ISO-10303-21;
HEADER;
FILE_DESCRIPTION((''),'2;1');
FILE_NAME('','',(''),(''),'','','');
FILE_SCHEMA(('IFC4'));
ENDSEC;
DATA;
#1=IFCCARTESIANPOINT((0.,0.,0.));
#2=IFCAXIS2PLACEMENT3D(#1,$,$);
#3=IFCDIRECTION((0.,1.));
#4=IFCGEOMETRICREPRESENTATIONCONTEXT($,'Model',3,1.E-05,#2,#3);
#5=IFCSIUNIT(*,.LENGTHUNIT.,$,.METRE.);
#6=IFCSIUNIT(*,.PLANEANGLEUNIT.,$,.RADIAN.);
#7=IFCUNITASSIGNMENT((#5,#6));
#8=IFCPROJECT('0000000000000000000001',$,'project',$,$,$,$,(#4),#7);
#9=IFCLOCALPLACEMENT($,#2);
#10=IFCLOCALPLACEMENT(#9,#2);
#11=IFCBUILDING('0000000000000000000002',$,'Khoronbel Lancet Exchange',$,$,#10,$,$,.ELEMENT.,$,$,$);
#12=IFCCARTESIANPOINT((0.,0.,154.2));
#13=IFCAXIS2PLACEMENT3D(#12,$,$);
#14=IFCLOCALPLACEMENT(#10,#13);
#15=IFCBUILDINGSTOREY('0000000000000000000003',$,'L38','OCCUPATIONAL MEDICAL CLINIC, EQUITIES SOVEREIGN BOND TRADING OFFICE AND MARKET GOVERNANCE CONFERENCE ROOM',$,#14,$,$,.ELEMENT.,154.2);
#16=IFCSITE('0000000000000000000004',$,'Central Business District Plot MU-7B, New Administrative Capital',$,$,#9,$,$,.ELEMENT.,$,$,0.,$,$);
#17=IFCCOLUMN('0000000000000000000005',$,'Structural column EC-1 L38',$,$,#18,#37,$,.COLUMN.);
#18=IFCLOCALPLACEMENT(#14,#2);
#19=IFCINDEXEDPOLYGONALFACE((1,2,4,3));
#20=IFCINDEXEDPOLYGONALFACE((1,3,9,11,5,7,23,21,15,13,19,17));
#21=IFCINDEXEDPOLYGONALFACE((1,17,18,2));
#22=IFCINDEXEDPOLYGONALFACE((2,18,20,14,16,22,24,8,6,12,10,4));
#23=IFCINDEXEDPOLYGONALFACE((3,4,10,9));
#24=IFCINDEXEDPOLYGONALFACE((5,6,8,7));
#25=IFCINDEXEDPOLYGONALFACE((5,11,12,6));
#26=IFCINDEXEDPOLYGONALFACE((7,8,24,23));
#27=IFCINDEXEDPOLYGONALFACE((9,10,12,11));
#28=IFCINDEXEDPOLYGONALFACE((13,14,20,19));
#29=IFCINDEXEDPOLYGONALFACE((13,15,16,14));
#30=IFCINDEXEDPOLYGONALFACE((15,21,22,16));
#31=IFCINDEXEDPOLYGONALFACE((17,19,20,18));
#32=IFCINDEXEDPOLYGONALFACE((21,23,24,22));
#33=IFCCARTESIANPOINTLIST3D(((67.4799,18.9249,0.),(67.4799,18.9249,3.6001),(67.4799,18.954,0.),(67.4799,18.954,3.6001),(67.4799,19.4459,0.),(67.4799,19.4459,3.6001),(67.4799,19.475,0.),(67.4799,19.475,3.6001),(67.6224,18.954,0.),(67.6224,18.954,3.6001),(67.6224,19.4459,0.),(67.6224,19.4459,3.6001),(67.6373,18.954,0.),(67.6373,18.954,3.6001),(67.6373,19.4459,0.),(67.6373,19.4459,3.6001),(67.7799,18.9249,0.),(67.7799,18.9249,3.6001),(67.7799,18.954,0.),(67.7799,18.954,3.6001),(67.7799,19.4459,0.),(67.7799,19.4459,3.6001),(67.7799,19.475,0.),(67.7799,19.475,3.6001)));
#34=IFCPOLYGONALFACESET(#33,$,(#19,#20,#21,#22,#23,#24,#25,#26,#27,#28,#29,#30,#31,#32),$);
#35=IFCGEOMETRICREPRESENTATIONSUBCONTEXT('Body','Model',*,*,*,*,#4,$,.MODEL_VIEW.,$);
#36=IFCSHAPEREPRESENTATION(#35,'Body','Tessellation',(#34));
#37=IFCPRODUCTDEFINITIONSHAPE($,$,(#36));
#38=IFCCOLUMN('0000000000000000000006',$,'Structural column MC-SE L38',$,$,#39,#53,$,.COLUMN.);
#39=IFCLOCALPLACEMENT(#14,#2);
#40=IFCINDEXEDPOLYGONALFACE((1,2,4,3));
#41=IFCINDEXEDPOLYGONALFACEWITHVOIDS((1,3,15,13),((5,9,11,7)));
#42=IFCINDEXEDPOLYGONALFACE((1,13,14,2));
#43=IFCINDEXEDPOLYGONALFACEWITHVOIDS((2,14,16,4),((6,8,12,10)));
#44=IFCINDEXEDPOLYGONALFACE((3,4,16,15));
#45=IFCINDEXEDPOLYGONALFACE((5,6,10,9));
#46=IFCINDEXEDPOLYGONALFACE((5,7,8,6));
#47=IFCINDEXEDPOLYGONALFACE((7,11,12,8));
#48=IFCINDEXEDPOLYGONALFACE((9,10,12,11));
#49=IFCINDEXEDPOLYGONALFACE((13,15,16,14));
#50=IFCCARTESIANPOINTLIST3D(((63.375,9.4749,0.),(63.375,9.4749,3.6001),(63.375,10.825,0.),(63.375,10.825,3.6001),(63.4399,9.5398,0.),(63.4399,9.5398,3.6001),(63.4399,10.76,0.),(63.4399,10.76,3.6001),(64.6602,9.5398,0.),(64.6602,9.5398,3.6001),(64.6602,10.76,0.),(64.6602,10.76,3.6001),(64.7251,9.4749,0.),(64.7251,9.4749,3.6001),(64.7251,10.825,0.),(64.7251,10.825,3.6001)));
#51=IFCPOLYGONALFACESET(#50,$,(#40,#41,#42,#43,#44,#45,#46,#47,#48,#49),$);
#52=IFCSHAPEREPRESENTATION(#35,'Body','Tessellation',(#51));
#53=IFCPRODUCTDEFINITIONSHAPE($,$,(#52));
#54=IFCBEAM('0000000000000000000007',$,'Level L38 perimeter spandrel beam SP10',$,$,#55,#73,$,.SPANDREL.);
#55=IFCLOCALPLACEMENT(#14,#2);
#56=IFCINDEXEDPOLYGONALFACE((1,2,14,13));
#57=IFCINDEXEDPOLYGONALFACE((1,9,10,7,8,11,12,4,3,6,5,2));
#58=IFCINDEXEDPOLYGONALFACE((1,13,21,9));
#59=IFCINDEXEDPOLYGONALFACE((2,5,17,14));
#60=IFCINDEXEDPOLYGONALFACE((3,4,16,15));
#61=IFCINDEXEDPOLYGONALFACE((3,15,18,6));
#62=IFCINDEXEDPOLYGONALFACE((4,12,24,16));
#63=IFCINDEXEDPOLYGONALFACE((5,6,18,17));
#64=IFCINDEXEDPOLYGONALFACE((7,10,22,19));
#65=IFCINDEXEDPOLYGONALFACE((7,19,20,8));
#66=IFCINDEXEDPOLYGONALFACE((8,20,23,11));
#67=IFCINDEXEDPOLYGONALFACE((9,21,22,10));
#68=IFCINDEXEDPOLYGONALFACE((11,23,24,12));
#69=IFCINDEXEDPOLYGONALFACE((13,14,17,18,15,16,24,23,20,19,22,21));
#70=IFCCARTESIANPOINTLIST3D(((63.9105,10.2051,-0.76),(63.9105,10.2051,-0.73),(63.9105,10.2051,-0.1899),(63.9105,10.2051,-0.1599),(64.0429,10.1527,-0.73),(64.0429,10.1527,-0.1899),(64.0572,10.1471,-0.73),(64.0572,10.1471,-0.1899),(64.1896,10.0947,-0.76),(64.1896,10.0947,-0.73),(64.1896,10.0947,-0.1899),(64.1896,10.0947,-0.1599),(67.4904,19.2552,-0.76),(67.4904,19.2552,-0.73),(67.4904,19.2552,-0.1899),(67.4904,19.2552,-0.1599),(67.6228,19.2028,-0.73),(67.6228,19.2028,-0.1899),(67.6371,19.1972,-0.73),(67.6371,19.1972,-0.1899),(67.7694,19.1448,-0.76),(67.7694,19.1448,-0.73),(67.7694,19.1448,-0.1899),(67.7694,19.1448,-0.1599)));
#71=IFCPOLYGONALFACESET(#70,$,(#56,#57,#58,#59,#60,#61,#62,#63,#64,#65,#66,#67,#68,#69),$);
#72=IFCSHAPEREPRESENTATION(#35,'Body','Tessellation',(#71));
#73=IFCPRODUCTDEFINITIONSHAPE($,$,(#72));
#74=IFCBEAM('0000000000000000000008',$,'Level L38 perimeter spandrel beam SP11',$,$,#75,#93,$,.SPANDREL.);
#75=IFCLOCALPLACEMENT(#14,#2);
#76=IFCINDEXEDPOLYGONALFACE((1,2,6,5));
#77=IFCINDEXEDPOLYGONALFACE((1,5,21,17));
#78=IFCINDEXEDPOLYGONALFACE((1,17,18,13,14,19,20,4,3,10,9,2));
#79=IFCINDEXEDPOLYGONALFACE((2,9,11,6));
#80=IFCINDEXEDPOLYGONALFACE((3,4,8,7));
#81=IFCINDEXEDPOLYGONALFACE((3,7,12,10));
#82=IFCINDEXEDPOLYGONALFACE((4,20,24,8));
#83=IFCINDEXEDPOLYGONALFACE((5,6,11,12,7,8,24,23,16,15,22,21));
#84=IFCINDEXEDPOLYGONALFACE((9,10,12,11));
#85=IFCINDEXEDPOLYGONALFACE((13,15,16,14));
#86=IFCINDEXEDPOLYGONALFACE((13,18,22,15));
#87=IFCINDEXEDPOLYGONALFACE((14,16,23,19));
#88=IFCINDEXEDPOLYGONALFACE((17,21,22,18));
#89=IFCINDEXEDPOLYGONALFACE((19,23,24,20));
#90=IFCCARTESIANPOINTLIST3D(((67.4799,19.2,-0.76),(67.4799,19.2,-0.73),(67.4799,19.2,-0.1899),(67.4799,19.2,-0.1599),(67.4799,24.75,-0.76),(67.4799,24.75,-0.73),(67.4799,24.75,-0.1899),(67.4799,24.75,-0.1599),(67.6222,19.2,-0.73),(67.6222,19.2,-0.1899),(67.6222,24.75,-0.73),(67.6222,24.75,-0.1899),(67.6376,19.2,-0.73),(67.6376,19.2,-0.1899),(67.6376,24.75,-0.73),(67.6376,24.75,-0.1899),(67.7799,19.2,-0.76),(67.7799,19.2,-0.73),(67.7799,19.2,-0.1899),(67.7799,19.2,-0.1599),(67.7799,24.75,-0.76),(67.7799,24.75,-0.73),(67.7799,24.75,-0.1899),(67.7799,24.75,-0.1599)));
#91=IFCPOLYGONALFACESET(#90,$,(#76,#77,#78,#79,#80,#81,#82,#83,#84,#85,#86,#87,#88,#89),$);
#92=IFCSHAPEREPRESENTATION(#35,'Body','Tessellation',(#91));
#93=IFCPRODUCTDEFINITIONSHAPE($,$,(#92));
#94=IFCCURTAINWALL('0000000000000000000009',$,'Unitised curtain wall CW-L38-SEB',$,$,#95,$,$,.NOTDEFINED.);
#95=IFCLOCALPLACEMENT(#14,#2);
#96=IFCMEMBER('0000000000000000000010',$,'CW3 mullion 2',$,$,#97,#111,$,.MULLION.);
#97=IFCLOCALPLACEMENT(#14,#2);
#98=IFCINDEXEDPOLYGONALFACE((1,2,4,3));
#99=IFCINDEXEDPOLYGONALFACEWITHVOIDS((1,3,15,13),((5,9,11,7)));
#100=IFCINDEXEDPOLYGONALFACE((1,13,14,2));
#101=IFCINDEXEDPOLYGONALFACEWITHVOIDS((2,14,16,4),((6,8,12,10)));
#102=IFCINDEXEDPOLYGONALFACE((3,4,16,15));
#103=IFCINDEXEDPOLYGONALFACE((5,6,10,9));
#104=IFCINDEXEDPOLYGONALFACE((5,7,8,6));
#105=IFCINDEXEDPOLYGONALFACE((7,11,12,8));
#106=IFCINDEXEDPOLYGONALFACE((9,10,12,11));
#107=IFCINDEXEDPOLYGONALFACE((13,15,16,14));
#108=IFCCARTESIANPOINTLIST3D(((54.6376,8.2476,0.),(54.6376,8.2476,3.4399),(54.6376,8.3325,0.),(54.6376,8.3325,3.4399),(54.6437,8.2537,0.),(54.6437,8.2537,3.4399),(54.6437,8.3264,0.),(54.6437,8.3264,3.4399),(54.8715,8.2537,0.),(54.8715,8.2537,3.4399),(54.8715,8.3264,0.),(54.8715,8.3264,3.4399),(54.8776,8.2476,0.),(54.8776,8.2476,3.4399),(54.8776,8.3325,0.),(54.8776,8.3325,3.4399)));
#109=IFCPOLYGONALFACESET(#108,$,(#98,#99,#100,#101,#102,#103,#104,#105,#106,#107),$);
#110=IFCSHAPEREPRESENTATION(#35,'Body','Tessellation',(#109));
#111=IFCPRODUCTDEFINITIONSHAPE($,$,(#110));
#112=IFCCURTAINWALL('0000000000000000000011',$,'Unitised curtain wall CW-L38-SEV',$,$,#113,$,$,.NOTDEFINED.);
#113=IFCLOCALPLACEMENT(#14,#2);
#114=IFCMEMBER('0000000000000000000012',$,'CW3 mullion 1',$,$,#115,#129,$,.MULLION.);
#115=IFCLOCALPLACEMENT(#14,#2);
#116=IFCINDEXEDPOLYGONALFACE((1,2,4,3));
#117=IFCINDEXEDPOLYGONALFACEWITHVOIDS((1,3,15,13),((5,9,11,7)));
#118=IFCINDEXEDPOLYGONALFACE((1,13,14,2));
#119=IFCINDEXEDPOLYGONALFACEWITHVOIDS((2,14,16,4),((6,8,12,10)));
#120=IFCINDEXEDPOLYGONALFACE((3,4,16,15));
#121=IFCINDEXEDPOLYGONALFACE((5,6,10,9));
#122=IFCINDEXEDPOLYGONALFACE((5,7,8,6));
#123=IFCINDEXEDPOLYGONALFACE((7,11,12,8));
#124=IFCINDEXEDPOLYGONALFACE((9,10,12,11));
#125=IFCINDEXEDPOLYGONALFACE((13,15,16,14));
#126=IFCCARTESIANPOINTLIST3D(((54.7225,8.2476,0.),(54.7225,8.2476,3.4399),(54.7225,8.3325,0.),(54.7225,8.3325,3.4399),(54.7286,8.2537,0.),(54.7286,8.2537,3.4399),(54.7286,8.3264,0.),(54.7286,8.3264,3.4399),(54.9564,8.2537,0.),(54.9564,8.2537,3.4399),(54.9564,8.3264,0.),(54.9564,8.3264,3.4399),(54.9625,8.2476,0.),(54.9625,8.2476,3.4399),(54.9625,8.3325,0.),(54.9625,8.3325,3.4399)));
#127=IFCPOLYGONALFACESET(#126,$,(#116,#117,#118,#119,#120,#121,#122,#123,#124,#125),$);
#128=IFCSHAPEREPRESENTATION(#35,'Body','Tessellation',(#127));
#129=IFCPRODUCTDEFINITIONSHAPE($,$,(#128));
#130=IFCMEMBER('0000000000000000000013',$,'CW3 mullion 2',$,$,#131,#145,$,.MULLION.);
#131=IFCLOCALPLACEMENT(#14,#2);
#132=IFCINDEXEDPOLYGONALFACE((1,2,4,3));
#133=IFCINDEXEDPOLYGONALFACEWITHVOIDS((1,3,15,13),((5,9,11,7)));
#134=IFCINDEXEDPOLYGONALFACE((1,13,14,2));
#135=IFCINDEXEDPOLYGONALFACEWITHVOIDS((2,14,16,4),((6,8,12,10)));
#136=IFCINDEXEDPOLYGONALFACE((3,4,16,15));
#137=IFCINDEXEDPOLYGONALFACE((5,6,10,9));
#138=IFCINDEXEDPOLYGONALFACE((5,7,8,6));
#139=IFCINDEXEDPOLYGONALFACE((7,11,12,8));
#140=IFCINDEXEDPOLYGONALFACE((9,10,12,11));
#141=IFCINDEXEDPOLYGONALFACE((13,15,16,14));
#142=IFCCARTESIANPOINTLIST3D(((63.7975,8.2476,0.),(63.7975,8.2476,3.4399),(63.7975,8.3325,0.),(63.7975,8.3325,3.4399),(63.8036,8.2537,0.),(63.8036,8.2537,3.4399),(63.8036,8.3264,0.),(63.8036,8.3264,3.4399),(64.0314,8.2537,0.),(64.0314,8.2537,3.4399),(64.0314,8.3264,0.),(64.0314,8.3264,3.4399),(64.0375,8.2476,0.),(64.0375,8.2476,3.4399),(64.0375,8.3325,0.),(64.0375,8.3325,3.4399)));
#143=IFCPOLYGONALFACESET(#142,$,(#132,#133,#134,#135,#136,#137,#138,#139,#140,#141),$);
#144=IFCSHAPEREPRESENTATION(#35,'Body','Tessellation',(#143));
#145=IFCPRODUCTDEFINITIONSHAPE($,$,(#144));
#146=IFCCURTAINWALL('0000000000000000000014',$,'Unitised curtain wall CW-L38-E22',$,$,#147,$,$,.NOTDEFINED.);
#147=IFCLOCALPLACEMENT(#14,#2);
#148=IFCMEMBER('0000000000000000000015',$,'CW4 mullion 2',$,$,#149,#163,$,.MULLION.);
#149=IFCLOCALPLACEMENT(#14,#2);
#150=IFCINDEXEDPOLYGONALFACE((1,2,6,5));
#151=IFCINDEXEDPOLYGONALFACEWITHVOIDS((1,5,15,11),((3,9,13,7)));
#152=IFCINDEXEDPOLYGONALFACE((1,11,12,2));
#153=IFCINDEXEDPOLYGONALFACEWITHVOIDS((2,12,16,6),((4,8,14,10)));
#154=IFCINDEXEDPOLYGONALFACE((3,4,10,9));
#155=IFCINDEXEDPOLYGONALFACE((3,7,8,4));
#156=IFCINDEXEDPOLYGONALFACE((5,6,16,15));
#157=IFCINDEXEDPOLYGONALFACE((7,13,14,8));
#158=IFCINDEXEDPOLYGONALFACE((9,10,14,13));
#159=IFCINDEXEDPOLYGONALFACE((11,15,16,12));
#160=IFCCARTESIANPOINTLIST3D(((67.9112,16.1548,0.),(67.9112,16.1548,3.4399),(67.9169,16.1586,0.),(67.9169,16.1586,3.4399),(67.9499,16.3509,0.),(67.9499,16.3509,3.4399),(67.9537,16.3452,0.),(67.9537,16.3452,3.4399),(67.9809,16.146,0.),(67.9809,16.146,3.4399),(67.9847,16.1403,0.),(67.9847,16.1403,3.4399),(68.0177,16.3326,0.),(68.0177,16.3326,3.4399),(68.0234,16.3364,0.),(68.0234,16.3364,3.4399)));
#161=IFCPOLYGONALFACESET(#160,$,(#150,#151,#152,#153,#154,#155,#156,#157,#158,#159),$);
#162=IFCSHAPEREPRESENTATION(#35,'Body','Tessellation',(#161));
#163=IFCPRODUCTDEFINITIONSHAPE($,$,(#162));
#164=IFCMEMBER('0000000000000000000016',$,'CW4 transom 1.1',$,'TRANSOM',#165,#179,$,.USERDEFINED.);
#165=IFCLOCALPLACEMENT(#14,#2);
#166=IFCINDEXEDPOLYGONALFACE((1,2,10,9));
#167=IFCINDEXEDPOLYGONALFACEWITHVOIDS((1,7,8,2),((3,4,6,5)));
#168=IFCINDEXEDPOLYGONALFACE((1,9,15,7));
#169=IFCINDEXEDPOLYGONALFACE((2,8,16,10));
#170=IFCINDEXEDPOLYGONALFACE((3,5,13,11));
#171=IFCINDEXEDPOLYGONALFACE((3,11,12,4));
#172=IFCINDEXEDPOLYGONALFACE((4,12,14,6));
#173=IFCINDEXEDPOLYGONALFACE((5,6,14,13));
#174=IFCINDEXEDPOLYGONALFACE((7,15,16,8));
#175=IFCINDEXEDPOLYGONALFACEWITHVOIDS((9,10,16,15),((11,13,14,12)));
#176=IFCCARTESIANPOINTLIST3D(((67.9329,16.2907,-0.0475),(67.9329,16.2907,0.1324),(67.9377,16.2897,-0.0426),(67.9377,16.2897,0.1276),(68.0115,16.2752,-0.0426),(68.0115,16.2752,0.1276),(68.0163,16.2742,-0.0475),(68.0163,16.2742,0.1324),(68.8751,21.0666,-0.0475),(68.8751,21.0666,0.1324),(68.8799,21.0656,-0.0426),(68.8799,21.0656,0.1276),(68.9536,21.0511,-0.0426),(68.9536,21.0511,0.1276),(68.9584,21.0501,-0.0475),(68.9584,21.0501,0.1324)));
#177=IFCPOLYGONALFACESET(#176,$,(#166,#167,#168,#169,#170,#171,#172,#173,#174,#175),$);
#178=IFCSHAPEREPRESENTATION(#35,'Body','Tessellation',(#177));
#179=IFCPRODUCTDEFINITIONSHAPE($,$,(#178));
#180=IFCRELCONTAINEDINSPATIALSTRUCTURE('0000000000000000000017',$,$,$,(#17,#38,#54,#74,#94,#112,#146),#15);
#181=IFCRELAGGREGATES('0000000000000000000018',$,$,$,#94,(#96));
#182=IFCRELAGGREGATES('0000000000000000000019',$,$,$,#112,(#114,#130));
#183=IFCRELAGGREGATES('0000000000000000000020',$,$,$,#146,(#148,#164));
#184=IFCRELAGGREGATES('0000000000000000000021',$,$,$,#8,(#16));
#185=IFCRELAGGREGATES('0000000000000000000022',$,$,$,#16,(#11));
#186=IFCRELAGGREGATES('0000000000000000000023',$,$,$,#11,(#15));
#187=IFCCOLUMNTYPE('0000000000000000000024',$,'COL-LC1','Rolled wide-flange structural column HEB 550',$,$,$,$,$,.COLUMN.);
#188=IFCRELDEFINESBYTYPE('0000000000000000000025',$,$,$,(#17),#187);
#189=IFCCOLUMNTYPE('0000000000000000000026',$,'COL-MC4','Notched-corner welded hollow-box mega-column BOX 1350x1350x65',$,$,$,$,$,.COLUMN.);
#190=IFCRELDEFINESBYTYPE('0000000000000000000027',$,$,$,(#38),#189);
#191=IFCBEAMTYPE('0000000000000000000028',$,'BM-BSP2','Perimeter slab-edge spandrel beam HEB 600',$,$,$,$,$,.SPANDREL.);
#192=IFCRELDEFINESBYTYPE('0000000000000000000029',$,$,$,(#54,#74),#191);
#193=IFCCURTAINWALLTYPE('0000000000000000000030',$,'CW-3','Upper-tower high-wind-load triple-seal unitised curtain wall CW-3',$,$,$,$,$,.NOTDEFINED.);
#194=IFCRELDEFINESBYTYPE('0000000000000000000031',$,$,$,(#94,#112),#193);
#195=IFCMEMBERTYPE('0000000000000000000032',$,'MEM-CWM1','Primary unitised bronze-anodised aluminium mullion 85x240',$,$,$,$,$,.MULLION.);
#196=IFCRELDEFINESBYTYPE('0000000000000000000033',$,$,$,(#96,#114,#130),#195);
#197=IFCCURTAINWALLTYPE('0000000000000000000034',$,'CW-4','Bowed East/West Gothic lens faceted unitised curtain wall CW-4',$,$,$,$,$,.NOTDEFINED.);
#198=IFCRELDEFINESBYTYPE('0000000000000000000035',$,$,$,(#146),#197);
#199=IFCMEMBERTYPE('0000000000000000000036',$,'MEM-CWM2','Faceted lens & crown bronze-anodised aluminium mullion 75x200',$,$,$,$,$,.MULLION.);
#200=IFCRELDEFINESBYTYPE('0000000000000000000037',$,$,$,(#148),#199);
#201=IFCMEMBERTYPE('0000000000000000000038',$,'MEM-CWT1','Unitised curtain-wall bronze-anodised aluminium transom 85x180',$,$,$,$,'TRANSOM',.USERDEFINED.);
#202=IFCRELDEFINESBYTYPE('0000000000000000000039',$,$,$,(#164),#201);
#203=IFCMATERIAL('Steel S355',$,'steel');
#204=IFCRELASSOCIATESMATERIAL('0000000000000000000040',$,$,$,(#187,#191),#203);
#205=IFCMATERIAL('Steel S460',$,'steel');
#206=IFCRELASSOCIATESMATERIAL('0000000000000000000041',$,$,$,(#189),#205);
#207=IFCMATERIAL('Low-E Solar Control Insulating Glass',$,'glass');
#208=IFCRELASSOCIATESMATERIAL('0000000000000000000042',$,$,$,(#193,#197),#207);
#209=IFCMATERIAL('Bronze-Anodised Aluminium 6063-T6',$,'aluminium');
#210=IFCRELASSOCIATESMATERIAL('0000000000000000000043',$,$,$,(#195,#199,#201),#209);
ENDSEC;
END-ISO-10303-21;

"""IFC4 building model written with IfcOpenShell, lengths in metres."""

from ifc_helpers import new_model, si_unit, direction, frame, origin, origin_2d, place, context, subcontext, project, spatial, hollow_rectangle, i_section, extrude, material, material_profile, profile_set, type_object, element, aggregate, save


model = new_model("IFC4")

# Units and contexts
model_context = context("Model", 3, precision=1e-05, world=origin(), true_north=direction((0.0, 1.0)))
body_context = subcontext(model_context, "Body", "Model", "MODEL_VIEW")
ifc_project = project(units=[si_unit("LENGTHUNIT", "METRE"), si_unit("PLANEANGLEUNIT", "RADIAN")], contexts=[model_context])

# Site, building, storey
site_placement = place(None, origin())
site = spatial("IfcSite", under=ifc_project, at=site_placement, Name="Central Business District Plot MU-7B, New Administrative Capital", CompositionType="ELEMENT", RefElevation=0.0)
building_placement = place(site_placement, origin())
building = spatial("IfcBuilding", under=site, at=building_placement, Name="Khoronbel Lancet Exchange", CompositionType="ELEMENT")
storey_placement = place(building_placement, frame((0.0, 0.0, 154.2)))
storey = spatial("IfcBuildingStorey", under=building, at=storey_placement, Name="L38", Description="OCCUPATIONAL MEDICAL CLINIC, EQUITIES SOVEREIGN BOND TRADING OFFICE AND MARKET GOVERNANCE CONFERENCE ROOM", CompositionType="ELEMENT", Elevation=154.2)

# Columns
ifc_material_1 = material(Name="Steel S355", Category="steel")
ifc_material_profile_1 = material_profile(ifc_material_1, i_section(OverallWidth=0.3, OverallDepth=0.55, WebThickness=0.0149, FlangeThickness=0.0291, at=origin_2d()), Name="HEB 550")
ifc_profile_set_1 = profile_set([ifc_material_profile_1], Name="Steel S355")
column_type_1 = type_object("IfcColumnType", Name="COL-LC1", Description="Rolled wide-flange structural column HEB 550", PredefinedType="COLUMN", material=ifc_profile_set_1)
column_1_placement = place(storey_placement, frame((67.6299, 19.2, 0.0), z_axis=(0.0, 0.0, 1.0), x_axis=(1.0, 0.0, 0.0)))
element("IfcColumn", 1, at=column_1_placement, inside=storey, type_object=column_type_1, Name="Structural column EC-1 L38", PredefinedType="COLUMN", context=body_context, shape_type="SweptSolid", body=[
    extrude(i_section(OverallWidth=0.3, OverallDepth=0.55, WebThickness=0.0149, FlangeThickness=0.0291, at=origin_2d()), origin(), (0.0, 0.0, 1.0), 3.6001),
])
ifc_material_2 = material(Name="Steel S460", Category="steel")
ifc_material_profile_2 = material_profile(ifc_material_2, hollow_rectangle(XDim=1.3501, YDim=1.3501, WallThickness=0.0649, at=origin_2d()), Name="BOX 1350x1350x65")
ifc_profile_set_2 = profile_set([ifc_material_profile_2], Name="Steel S460")
column_type_2 = type_object("IfcColumnType", Name="COL-MC4", Description="Notched-corner welded hollow-box mega-column BOX 1350x1350x65", PredefinedType="COLUMN", material=ifc_profile_set_2)
column_2_placement = place(storey_placement, frame((64.05, 10.1499, 0.0), z_axis=(0.0, 0.0, 1.0), x_axis=(1.0, 0.0, 0.0)))
element("IfcColumn", 2, at=column_2_placement, inside=storey, type_object=column_type_2, Name="Structural column MC-SE L38", PredefinedType="COLUMN", context=body_context, shape_type="SweptSolid", body=[
    extrude(hollow_rectangle(XDim=1.3501, YDim=1.3501, WallThickness=0.0649, at=origin_2d()), origin(), (0.0, 0.0, 1.0), 3.6001),
])

# Beams
ifc_material_profile_3 = material_profile(ifc_material_1, i_section(OverallWidth=0.3, OverallDepth=0.6001, WebThickness=0.0154, FlangeThickness=0.03, at=origin_2d()), Name="HEB 600")
ifc_profile_set_3 = profile_set([ifc_material_profile_3], Name="Steel S355")
beam_type = type_object("IfcBeamType", Name="BM-BSP2", Description="Perimeter slab-edge spandrel beam HEB 600", PredefinedType="SPANDREL", material=ifc_profile_set_3)
beam_1_placement = place(storey_placement, frame((64.05, 10.1499, -0.46), z_axis=(0.367828, 0.929894, 0.0), x_axis=(-0.929894, 0.367828, 0.0)))
element("IfcBeam", 3, at=beam_1_placement, inside=storey, type_object=beam_type, Name="Level L38 perimeter spandrel beam SP10", PredefinedType="SPANDREL", context=body_context, shape_type="SweptSolid", body=[
    extrude(i_section(OverallWidth=0.3, OverallDepth=0.6001, WebThickness=0.0154, FlangeThickness=0.03, at=origin_2d()), origin(), (0.0, 0.0, 1.0), 9.7324),
])
beam_2_placement = place(storey_placement, frame((67.6299, 19.2, -0.46), z_axis=(0.0, 1.0, 0.0), x_axis=(-1.0, 0.0, 0.0)))
element("IfcBeam", 4, at=beam_2_placement, inside=storey, type_object=beam_type, Name="Level L38 perimeter spandrel beam SP11", PredefinedType="SPANDREL", context=body_context, shape_type="SweptSolid", body=[
    extrude(i_section(OverallWidth=0.3, OverallDepth=0.6001, WebThickness=0.0154, FlangeThickness=0.03, at=origin_2d()), origin(), (0.0, 0.0, 1.0), 5.55),
])

# Curtain wall, member
ifc_material_3 = material(Name="Low-E Solar Control Insulating Glass", Category="glass")
curtain_wall_type_1 = type_object("IfcCurtainWallType", Name="CW-3", Description="Upper-tower high-wind-load triple-seal unitised curtain wall CW-3", PredefinedType="NOTDEFINED", material=ifc_material_3)
curtain_wall_1_placement = place(storey_placement, origin())
curtain_wall_1 = element("IfcCurtainWall", 5, at=curtain_wall_1_placement, inside=storey, type_object=curtain_wall_type_1, Name="Unitised curtain wall CW-L38-SEB", PredefinedType="NOTDEFINED")
ifc_material_4 = material(Name="Bronze-Anodised Aluminium 6063-T6", Category="aluminium")
ifc_material_profile_4 = material_profile(ifc_material_4, hollow_rectangle(XDim=0.085, YDim=0.24, WallThickness=0.0061, at=origin_2d()), Name="ALU MULLION 85x240")
ifc_profile_set_4 = profile_set([ifc_material_profile_4], Name="Bronze-Anodised Aluminium 6063-T6")
member_type_1 = type_object("IfcMemberType", Name="MEM-CWM1", Description="Primary unitised bronze-anodised aluminium mullion 85x240", PredefinedType="MULLION", material=ifc_profile_set_4)
member_1_placement = place(storey_placement, frame((54.7576, 8.29, 0.0), z_axis=(0.0, 0.0, 1.0), x_axis=(0.0, 1.0, 0.0)))
member_1 = element("IfcMember", 6, at=member_1_placement, type_object=member_type_1, Name="CW3 mullion 2", PredefinedType="MULLION", context=body_context, shape_type="SweptSolid", body=[
    extrude(hollow_rectangle(XDim=0.085, YDim=0.24, WallThickness=0.0061, at=origin_2d()), origin(), (0.0, 0.0, 1.0), 3.4399),
])
aggregate(curtain_wall_1, [member_1])

# Curtain walls, members
curtain_wall_2_placement = place(storey_placement, origin())
curtain_wall_2 = element("IfcCurtainWall", 7, at=curtain_wall_2_placement, inside=storey, type_object=curtain_wall_type_1, Name="Unitised curtain wall CW-L38-SEV", PredefinedType="NOTDEFINED")
member_2_placement = place(storey_placement, frame((54.8425, 8.29, 0.0), z_axis=(0.0, 0.0, 1.0), x_axis=(0.0, 1.0, 0.0)))
member_2 = element("IfcMember", 8, at=member_2_placement, type_object=member_type_1, Name="CW3 mullion 1", PredefinedType="MULLION", context=body_context, shape_type="SweptSolid", body=[
    extrude(hollow_rectangle(XDim=0.085, YDim=0.24, WallThickness=0.0061, at=origin_2d()), origin(), (0.0, 0.0, 1.0), 3.4399),
])
member_3_placement = place(storey_placement, frame((63.9175, 8.29, 0.0), z_axis=(0.0, 0.0, 1.0), x_axis=(0.0, 1.0, 0.0)))
member_3 = element("IfcMember", 9, at=member_3_placement, type_object=member_type_1, Name="CW3 mullion 2", PredefinedType="MULLION", context=body_context, shape_type="SweptSolid", body=[
    extrude(hollow_rectangle(XDim=0.085, YDim=0.24, WallThickness=0.0061, at=origin_2d()), origin(), (0.0, 0.0, 1.0), 3.4399),
])
curtain_wall_type_2 = type_object("IfcCurtainWallType", Name="CW-4", Description="Bowed East/West Gothic lens faceted unitised curtain wall CW-4", PredefinedType="NOTDEFINED", material=ifc_material_3)
curtain_wall_3_placement = place(storey_placement, origin())
curtain_wall_3 = element("IfcCurtainWall", 10, at=curtain_wall_3_placement, inside=storey, type_object=curtain_wall_type_2, Name="Unitised curtain wall CW-L38-E22", PredefinedType="NOTDEFINED")
ifc_material_profile_5 = material_profile(ifc_material_4, hollow_rectangle(XDim=0.075, YDim=0.2, WallThickness=0.0049, at=origin_2d()), Name="ALU MULLION 75x200")
ifc_profile_set_5 = profile_set([ifc_material_profile_5], Name="Bronze-Anodised Aluminium 6063-T6")
member_type_2 = type_object("IfcMemberType", Name="MEM-CWM2", Description="Faceted lens & crown bronze-anodised aluminium mullion 75x200", PredefinedType="MULLION", material=ifc_profile_set_5)
member_4_placement = place(storey_placement, frame((67.9673, 16.2456, 0.0), z_axis=(0.0, 0.0, 1.0), x_axis=(0.981092, -0.193544, 0.0)))
member_4 = element("IfcMember", 11, at=member_4_placement, type_object=member_type_2, Name="CW4 mullion 2", PredefinedType="MULLION", context=body_context, shape_type="SweptSolid", body=[
    extrude(hollow_rectangle(XDim=0.075, YDim=0.2, WallThickness=0.0049, at=origin_2d()), origin(), (0.0, 0.0, 1.0), 3.4399),
])
ifc_material_profile_6 = material_profile(ifc_material_4, hollow_rectangle(XDim=0.085, YDim=0.1799, WallThickness=0.0049, at=origin_2d()), Name="ALU TRANSOM 85x180")
ifc_profile_set_6 = profile_set([ifc_material_profile_6], Name="Bronze-Anodised Aluminium 6063-T6")
member_type_3 = type_object("IfcMemberType", Name="MEM-CWT1", Description="Unitised curtain-wall bronze-anodised aluminium transom 85x180", ElementType="TRANSOM", PredefinedType="USERDEFINED", material=ifc_profile_set_6)
member_5_placement = place(storey_placement, frame((68.9167, 21.0583, 0.0425), z_axis=(-0.19354, -0.981092, 0.0), x_axis=(0.981092, -0.19354, 0.0)))
member_5 = element("IfcMember", 12, at=member_5_placement, type_object=member_type_3, Name="CW4 transom 1.1", ObjectType="TRANSOM", PredefinedType="USERDEFINED", context=body_context, shape_type="SweptSolid", body=[
    extrude(hollow_rectangle(XDim=0.085, YDim=0.1799, WallThickness=0.0049, at=origin_2d()), origin(), (0.0, 0.0, 1.0), 4.8679),
])

aggregate(curtain_wall_2, [member_2, member_3])
aggregate(curtain_wall_3, [member_4, member_5])

save(model, "model.ifc")
